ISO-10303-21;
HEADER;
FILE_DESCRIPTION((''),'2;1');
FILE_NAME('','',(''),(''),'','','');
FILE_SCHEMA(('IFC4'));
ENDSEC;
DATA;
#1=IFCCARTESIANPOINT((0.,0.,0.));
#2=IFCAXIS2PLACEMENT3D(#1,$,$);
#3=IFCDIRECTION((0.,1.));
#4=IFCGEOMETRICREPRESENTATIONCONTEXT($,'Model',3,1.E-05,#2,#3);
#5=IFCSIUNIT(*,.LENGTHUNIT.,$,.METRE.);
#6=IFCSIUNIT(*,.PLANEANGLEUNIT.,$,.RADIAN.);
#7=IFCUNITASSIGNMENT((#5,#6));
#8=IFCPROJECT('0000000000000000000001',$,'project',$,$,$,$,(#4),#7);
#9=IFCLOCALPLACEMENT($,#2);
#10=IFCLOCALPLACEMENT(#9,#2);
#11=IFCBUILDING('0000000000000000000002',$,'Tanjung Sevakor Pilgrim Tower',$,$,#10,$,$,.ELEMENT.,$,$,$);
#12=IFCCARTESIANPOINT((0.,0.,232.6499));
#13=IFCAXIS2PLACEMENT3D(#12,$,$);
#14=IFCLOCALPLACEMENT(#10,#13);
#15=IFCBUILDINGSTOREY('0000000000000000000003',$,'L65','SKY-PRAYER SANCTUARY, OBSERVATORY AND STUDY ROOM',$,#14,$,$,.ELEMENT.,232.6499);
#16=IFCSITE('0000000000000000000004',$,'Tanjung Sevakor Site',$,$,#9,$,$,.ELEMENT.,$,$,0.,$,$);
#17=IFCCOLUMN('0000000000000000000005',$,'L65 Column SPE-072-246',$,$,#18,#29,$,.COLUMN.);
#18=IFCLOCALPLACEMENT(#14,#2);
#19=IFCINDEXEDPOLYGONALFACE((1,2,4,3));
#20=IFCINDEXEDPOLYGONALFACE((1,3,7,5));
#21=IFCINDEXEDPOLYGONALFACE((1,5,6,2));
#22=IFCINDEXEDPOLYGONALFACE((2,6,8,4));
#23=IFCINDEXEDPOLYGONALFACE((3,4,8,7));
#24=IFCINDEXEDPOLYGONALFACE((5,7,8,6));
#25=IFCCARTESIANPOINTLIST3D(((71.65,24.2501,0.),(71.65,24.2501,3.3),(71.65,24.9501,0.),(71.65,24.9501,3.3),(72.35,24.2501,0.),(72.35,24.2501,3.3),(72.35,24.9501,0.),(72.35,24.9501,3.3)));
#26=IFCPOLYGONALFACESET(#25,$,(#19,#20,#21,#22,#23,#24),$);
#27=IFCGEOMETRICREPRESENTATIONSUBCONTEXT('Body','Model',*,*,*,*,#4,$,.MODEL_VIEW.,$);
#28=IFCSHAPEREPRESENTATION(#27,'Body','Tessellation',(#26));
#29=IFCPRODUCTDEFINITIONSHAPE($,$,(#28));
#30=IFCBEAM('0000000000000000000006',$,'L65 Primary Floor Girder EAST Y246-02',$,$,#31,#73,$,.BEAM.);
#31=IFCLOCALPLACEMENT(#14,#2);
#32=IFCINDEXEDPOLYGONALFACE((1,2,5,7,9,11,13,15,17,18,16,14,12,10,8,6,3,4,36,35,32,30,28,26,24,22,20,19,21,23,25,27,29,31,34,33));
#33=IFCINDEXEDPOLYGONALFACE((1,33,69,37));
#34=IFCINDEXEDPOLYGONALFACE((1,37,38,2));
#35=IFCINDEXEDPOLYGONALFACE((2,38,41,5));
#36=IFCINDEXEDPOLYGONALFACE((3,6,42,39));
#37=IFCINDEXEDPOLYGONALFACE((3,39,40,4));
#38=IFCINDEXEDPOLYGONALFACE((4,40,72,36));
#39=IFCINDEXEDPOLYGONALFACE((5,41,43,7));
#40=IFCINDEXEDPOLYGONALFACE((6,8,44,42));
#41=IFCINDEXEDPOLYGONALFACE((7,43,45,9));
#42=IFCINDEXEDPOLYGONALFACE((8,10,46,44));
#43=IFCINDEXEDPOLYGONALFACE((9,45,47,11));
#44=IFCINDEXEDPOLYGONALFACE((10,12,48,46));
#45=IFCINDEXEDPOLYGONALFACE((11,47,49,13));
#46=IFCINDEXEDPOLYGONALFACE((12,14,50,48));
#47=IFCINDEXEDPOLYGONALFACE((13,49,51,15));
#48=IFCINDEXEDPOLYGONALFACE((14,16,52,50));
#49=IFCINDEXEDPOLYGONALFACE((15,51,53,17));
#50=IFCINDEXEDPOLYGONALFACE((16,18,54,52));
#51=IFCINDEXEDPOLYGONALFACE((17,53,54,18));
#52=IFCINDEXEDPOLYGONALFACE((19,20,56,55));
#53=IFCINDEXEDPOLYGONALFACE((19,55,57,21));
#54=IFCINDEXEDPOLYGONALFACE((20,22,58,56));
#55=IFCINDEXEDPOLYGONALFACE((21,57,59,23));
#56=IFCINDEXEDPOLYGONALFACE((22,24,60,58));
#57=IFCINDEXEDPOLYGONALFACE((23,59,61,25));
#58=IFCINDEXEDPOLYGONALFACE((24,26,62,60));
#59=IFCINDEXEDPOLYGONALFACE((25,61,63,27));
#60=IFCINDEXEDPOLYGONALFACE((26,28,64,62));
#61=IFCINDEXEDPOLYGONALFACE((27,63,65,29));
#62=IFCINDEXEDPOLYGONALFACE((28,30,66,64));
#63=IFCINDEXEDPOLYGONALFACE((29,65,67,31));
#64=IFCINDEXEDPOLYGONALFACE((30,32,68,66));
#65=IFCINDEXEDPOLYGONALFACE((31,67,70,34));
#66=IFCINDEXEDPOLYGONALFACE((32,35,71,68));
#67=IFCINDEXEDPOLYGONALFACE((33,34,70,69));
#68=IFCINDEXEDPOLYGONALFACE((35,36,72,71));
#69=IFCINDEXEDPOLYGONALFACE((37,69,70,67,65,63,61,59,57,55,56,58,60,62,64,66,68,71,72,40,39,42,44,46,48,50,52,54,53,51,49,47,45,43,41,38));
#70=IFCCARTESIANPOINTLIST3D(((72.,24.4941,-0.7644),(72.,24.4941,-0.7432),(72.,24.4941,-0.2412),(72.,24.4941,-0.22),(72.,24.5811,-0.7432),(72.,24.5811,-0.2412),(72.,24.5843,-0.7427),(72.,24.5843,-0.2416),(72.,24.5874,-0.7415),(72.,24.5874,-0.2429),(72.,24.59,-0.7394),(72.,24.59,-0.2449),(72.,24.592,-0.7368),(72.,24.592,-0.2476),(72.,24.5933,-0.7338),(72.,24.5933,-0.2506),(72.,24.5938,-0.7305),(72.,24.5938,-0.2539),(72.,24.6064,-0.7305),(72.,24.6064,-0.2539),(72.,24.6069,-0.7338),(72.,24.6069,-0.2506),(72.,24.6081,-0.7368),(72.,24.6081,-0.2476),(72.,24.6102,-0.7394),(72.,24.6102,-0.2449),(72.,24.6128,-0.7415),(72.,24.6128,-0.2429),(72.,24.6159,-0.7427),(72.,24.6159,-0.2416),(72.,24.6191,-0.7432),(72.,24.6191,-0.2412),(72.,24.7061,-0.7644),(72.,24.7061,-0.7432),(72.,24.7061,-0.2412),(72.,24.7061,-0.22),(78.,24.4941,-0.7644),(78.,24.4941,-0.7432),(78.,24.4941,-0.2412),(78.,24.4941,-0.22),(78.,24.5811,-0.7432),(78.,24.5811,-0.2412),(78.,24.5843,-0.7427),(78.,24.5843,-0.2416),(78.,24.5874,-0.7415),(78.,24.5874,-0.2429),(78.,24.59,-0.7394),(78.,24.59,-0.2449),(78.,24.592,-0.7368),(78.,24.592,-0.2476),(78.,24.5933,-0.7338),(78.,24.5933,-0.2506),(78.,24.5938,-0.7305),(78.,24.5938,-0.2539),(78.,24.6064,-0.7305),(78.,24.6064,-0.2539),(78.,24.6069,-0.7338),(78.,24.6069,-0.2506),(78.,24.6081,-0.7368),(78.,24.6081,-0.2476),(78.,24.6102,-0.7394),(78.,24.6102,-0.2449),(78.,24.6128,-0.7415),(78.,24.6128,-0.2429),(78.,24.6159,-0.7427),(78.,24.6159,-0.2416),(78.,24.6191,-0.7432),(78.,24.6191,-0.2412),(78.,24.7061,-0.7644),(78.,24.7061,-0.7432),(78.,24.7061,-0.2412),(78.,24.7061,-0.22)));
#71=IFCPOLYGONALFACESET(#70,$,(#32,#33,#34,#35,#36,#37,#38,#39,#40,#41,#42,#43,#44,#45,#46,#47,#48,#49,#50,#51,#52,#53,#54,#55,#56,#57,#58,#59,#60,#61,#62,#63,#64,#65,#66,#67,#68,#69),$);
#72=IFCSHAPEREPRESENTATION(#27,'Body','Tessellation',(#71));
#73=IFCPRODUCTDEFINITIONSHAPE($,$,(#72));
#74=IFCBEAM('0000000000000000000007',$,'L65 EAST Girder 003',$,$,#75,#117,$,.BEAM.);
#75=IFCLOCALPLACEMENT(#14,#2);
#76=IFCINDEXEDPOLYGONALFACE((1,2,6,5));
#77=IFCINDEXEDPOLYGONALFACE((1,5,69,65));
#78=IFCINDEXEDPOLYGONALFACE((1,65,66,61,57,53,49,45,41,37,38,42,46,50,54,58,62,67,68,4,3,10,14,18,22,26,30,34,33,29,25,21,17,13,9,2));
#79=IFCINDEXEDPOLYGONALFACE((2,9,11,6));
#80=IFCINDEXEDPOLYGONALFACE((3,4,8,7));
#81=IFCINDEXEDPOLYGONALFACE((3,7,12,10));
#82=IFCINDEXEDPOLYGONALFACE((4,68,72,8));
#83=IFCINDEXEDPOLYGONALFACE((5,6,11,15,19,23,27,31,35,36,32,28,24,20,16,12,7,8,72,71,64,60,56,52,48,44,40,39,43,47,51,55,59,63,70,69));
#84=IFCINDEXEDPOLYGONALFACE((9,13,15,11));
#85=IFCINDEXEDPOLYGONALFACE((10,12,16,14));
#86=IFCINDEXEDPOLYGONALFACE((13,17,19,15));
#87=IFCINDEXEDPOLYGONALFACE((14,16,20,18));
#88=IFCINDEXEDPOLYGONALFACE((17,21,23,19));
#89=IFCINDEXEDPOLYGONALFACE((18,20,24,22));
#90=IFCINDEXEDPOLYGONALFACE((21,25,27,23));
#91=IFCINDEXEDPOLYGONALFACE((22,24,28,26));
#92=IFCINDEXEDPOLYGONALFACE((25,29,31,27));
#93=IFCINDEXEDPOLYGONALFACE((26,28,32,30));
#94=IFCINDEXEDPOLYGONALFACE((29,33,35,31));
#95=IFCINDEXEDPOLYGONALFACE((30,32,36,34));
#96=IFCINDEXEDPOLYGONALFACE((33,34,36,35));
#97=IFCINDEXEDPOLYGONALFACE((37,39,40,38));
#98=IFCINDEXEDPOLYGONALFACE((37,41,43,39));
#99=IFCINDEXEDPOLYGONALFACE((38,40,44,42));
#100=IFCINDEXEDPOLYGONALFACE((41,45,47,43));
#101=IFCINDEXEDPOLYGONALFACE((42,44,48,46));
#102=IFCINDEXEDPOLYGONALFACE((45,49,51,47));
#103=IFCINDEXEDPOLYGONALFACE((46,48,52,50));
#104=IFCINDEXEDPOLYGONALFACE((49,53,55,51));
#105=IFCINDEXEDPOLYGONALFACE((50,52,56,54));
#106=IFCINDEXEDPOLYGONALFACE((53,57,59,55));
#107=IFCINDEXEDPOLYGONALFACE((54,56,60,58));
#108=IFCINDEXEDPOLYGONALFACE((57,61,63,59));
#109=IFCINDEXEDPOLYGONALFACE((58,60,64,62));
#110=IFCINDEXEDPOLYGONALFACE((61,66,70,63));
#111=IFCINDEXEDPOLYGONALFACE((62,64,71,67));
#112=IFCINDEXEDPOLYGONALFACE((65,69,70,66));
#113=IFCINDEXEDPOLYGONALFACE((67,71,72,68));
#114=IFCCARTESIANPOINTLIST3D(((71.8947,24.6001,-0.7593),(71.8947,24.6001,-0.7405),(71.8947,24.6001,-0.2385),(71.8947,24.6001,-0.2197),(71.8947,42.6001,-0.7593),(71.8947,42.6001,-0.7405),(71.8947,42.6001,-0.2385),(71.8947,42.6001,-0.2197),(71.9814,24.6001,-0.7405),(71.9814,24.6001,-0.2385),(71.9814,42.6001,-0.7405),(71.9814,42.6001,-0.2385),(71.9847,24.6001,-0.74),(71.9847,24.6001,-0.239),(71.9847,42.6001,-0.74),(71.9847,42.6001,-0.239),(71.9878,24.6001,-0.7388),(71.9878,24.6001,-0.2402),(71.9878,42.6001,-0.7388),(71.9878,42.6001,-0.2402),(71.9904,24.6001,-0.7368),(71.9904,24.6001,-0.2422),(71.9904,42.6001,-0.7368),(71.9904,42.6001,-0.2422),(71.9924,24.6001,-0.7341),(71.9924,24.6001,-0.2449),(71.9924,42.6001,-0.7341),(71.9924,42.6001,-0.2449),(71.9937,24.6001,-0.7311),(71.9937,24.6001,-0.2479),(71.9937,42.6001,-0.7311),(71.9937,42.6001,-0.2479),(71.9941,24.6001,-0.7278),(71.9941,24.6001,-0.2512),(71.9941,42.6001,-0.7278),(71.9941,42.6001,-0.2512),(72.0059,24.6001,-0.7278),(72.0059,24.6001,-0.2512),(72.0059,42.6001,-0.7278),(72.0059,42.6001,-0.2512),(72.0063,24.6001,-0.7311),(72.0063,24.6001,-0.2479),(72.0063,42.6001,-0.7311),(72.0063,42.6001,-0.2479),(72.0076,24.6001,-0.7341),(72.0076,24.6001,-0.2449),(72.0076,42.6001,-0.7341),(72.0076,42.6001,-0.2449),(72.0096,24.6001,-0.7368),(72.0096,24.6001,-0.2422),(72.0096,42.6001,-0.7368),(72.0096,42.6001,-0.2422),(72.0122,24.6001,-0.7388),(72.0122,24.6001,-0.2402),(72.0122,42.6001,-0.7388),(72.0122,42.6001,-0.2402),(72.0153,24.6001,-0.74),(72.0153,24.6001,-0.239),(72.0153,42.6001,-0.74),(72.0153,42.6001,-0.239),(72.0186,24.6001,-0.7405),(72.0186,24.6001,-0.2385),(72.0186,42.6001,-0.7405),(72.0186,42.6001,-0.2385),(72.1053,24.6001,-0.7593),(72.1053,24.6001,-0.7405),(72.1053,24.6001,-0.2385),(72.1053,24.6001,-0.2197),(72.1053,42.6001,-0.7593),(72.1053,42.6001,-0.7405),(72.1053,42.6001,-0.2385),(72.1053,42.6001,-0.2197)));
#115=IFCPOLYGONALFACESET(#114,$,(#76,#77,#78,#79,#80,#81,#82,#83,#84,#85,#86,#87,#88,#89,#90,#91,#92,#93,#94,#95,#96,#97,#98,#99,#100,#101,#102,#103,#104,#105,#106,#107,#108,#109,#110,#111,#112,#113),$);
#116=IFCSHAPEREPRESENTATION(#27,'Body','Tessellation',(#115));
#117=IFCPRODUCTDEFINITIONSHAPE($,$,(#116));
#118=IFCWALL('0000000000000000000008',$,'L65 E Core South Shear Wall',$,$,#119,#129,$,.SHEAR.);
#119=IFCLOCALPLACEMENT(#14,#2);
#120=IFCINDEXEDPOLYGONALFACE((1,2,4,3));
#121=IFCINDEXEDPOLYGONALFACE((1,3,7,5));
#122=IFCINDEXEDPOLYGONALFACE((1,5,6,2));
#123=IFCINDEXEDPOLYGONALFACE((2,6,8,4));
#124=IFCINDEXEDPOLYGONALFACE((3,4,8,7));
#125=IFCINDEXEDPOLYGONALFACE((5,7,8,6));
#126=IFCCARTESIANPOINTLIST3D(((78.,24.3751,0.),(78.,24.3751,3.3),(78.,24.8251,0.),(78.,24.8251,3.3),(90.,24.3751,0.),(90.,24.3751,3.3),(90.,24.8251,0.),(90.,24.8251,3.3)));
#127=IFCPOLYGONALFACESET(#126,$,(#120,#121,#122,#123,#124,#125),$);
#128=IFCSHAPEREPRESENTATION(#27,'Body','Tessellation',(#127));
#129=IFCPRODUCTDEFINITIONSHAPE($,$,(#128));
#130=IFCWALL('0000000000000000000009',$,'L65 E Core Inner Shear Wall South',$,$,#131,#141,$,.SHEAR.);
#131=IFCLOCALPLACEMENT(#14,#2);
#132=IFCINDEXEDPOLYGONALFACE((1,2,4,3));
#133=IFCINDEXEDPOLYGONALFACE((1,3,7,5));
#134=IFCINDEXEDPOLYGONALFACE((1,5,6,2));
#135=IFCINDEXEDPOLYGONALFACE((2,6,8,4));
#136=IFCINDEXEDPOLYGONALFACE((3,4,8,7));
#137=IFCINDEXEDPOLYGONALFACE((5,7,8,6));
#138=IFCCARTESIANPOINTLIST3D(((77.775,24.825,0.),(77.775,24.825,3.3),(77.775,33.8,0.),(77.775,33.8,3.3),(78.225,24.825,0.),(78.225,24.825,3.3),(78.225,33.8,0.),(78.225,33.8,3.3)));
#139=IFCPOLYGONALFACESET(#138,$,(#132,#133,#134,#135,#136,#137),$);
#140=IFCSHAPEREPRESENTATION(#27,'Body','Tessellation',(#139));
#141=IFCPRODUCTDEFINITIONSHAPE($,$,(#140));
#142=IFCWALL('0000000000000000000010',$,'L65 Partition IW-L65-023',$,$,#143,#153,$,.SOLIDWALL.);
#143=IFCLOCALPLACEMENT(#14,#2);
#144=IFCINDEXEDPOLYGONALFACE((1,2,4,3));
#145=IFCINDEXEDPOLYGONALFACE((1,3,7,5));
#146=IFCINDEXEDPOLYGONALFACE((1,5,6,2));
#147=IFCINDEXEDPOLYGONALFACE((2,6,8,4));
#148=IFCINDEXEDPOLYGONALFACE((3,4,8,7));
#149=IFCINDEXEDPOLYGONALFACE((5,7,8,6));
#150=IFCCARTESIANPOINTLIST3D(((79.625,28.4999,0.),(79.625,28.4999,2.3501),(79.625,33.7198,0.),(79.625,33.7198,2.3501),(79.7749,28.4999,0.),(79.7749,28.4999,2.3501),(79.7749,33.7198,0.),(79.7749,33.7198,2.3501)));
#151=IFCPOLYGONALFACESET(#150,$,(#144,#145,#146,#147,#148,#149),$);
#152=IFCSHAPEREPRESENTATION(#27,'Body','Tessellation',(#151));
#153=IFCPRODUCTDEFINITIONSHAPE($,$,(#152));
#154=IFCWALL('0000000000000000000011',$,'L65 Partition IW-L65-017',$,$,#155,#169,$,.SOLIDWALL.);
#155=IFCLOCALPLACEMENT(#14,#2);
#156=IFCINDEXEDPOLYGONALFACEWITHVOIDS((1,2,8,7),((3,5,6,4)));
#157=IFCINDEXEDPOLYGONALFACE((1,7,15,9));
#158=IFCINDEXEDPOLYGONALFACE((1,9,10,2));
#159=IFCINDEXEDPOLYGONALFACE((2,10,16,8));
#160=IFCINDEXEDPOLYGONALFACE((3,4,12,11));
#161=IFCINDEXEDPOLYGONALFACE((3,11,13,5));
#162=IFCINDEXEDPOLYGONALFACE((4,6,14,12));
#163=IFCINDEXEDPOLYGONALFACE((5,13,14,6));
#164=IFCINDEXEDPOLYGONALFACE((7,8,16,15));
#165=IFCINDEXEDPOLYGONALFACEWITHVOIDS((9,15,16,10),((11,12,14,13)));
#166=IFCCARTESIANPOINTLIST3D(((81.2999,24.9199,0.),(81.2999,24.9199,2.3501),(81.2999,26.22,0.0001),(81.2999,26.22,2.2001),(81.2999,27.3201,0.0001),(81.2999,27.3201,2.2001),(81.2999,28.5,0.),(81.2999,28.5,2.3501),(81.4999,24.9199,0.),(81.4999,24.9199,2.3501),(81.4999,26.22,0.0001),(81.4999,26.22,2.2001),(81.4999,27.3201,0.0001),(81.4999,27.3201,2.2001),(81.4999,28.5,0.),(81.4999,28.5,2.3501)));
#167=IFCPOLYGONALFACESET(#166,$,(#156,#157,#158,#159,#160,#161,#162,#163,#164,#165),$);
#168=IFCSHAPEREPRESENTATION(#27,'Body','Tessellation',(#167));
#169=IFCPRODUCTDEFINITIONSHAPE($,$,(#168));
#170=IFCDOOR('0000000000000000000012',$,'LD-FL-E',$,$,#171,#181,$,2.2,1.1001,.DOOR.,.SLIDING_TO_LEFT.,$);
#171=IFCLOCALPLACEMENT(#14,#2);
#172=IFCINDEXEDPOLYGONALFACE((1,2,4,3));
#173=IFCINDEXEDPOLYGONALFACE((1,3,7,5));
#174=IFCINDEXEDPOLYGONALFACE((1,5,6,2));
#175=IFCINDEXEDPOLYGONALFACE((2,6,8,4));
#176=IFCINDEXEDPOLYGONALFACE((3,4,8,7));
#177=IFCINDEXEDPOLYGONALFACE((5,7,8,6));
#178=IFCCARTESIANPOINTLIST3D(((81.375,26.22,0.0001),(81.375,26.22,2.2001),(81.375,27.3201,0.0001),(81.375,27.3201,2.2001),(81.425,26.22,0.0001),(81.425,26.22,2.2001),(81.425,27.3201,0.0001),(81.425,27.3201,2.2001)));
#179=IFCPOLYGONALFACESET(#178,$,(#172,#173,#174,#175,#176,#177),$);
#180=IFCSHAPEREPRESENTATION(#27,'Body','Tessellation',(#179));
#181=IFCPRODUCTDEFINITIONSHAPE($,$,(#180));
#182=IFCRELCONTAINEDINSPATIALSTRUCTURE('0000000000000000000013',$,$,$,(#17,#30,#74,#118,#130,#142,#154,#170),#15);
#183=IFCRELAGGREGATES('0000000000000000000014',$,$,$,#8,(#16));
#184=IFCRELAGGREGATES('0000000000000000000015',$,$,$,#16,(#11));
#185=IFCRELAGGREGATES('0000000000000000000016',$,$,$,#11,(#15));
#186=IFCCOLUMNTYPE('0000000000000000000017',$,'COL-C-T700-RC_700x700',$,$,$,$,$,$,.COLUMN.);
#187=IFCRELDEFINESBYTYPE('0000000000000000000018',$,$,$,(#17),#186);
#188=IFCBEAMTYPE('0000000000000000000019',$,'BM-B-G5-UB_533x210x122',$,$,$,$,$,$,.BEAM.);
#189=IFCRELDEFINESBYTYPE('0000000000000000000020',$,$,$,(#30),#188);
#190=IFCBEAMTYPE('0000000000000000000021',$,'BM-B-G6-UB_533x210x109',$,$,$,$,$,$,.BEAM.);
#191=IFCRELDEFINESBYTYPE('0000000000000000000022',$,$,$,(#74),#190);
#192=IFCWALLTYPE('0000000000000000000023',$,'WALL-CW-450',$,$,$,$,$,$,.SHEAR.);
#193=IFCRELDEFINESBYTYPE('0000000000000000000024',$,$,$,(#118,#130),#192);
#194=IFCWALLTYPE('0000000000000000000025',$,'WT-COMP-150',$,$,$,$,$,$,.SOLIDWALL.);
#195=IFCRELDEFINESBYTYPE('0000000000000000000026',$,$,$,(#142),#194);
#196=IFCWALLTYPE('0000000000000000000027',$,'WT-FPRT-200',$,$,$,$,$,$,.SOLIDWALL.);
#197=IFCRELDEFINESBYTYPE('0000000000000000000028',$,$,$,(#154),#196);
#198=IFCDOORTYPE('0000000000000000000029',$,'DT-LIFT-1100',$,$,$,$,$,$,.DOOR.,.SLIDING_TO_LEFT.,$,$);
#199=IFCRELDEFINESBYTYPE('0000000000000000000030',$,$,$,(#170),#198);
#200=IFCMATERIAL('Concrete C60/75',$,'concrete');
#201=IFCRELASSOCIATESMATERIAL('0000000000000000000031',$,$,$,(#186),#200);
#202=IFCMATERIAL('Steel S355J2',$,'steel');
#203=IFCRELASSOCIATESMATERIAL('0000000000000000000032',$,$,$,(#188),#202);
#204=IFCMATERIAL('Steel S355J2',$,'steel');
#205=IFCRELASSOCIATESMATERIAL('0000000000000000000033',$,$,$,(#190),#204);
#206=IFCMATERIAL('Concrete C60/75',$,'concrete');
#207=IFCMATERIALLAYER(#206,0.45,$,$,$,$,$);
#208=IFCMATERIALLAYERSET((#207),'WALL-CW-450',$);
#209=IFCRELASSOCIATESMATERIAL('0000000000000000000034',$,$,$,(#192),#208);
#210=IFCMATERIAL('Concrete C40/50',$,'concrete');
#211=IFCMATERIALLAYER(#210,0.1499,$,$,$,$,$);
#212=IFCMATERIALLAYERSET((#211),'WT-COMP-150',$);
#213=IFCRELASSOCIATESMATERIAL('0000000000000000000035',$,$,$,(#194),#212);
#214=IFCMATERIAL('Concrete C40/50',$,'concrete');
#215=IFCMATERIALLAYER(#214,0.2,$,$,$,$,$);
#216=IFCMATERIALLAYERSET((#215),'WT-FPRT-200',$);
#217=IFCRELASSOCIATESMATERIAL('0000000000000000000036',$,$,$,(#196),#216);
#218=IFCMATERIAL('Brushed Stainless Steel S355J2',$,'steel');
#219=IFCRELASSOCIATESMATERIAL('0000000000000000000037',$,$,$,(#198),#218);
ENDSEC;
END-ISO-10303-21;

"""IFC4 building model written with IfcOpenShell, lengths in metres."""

from ifc_helpers import new_model, si_unit, direction, frame, frame_2d, origin, origin_2d, place, context, subcontext, project, spatial, rectangle, i_section, extrude, material, layer, layer_set, material_profile, profile_set, type_object, element, fill, save


model = new_model("IFC4")

# Units and contexts
model_context = context("Model", 3, precision=1e-05, world=origin(), true_north=direction((0.0, 1.0)))
body_context = subcontext(model_context, "Body", "Model", "MODEL_VIEW")
ifc_project = project(units=[si_unit("LENGTHUNIT", "METRE"), si_unit("PLANEANGLEUNIT", "RADIAN")], contexts=[model_context])

# Site, building, storey
site_placement = place(None, origin())
site = spatial("IfcSite", under=ifc_project, at=site_placement, Name="Tanjung Sevakor Site", CompositionType="ELEMENT", RefElevation=0.0)
building_placement = place(site_placement, origin())
building = spatial("IfcBuilding", under=site, at=building_placement, Name="Tanjung Sevakor Pilgrim Tower", CompositionType="ELEMENT")
storey_placement = place(building_placement, frame((0.0, 0.0, 232.6499)))
storey = spatial("IfcBuildingStorey", under=building, at=storey_placement, Name="L65", Description="SKY-PRAYER SANCTUARY, OBSERVATORY AND STUDY ROOM", CompositionType="ELEMENT", Elevation=232.6499)

# Column
ifc_material_1 = material(Name="Concrete C60/75", Category="concrete")
ifc_material_profile_1 = material_profile(ifc_material_1, rectangle(XDim=0.7, YDim=0.7, at=origin_2d()))
ifc_profile_set_1 = profile_set([ifc_material_profile_1], Name="Concrete C60/75")
column_type = type_object("IfcColumnType", Name="COL-C-T700-RC_700x700", PredefinedType="COLUMN", material=ifc_profile_set_1)
column_placement = place(storey_placement, frame((72.0, 24.6001, 0.0), z_axis=(0.0, 0.0, 1.0), x_axis=(1.0, 0.0, 0.0)))
element("IfcColumn", 1, at=column_placement, inside=storey, type_object=column_type, Name="L65 Column SPE-072-246", PredefinedType="COLUMN", context=body_context, shape_type="SweptSolid", body=[
    extrude(rectangle(XDim=0.7, YDim=0.7, at=origin_2d()), origin(), (0.0, 0.0, 1.0), 3.3),
])

# Beams
ifc_material_2 = material(Name="Steel S355J2", Category="steel")
ifc_material_profile_2 = material_profile(ifc_material_2, i_section(OverallWidth=0.2119, OverallDepth=0.5444, WebThickness=0.0127, FlangeThickness=0.0212, FilletRadius=0.0127, at=origin_2d()))
ifc_profile_set_2 = profile_set([ifc_material_profile_2], Name="Steel S355J2")
beam_type_1 = type_object("IfcBeamType", Name="BM-B-G5-UB_533x210x122", PredefinedType="BEAM", material=ifc_profile_set_2)
beam_1_placement = place(storey_placement, frame((72.0, 24.6001, -0.4922), z_axis=(1.0, 0.0, 0.0), x_axis=(0.0, 1.0, 0.0)))
element("IfcBeam", 2, at=beam_1_placement, inside=storey, type_object=beam_type_1, Name="L65 Primary Floor Girder EAST Y246-02", PredefinedType="BEAM", context=body_context, shape_type="SweptSolid", body=[
    extrude(i_section(OverallWidth=0.2119, OverallDepth=0.5444, WebThickness=0.0127, FlangeThickness=0.0212, FilletRadius=0.0127, at=origin_2d()), origin(), (0.0, 0.0, 1.0), 6.0),
])
ifc_material_3 = material(Name="Steel S355J2", Category="steel")
ifc_material_profile_3 = material_profile(ifc_material_3, i_section(OverallWidth=0.2107, OverallDepth=0.5396, WebThickness=0.0117, FlangeThickness=0.0188, FilletRadius=0.0127, at=origin_2d()))
ifc_profile_set_3 = profile_set([ifc_material_profile_3], Name="Steel S355J2")
beam_type_2 = type_object("IfcBeamType", Name="BM-B-G6-UB_533x210x109", PredefinedType="BEAM", material=ifc_profile_set_3)
beam_2_placement = place(storey_placement, frame((72.0, 24.6001, -0.4895), z_axis=(0.0, 1.0, 0.0), x_axis=(-1.0, 0.0, 0.0)))
element("IfcBeam", 3, at=beam_2_placement, inside=storey, type_object=beam_type_2, Name="L65 EAST Girder 003", PredefinedType="BEAM", context=body_context, shape_type="SweptSolid", body=[
    extrude(i_section(OverallWidth=0.2107, OverallDepth=0.5396, WebThickness=0.0117, FlangeThickness=0.0188, FilletRadius=0.0127, at=origin_2d()), origin(), (0.0, 0.0, 1.0), 18.0),
])

# Walls
ifc_material_4 = material(Name="Concrete C60/75", Category="concrete")
ifc_layer_1 = layer(ifc_material_4, 0.45)
ifc_layer_set_1 = layer_set([ifc_layer_1], Name="WALL-CW-450")
wall_type_1 = type_object("IfcWallType", Name="WALL-CW-450", PredefinedType="SHEAR", material=ifc_layer_set_1)
wall_1_placement = place(storey_placement, frame((78.0, 24.6001, 0.0), z_axis=(0.0, 0.0, 1.0), x_axis=(1.0, 0.0, 0.0)))
element("IfcWall", 4, at=wall_1_placement, inside=storey, type_object=wall_type_1, Name="L65 E Core South Shear Wall", PredefinedType="SHEAR", context=body_context, shape_type="SweptSolid", body=[
    extrude(rectangle(XDim=12.0, YDim=0.45, at=frame_2d((6.0, 0.0))), origin(), (0.0, 0.0, 1.0), 3.3),
])
wall_2_placement = place(storey_placement, frame((78.0, 24.825, 0.0), z_axis=(0.0, 0.0, 1.0), x_axis=(0.0, 1.0, 0.0)))
element("IfcWall", 5, at=wall_2_placement, inside=storey, type_object=wall_type_1, Name="L65 E Core Inner Shear Wall South", PredefinedType="SHEAR", context=body_context, shape_type="SweptSolid", body=[
    extrude(rectangle(XDim=8.9751, YDim=0.45, at=frame_2d((4.4875, 0.0))), origin(), (0.0, 0.0, 1.0), 3.3),
])

# Shared definitions
ifc_material_5 = material(Name="Concrete C40/50", Category="concrete")
ifc_layer_2 = layer(ifc_material_5, 0.1499)
ifc_layer_set_2 = layer_set([ifc_layer_2], Name="WT-COMP-150")
wall_type_2 = type_object("IfcWallType", Name="WT-COMP-150", PredefinedType="SOLIDWALL", material=ifc_layer_set_2)

# Wall
wall_3_placement = place(storey_placement, frame((79.7, 28.5, 0.0), z_axis=(0.0, 0.0, 1.0), x_axis=(0.0, 1.0, 0.0)))
element("IfcWall", 6, at=wall_3_placement, inside=storey, type_object=wall_type_2, Name="L65 Partition IW-L65-023", PredefinedType="SOLIDWALL", context=body_context, shape_type="SweptSolid", body=[
    extrude(rectangle(XDim=5.22, YDim=0.1499, at=frame_2d((2.6099, 0.0))), origin(), (0.0, 0.0, 1.0), 2.3501),
])

# Wall, opening, door
ifc_material_6 = material(Name="Concrete C40/50", Category="concrete")
ifc_layer_3 = layer(ifc_material_6, 0.2)
ifc_layer_set_3 = layer_set([ifc_layer_3], Name="WT-FPRT-200")
wall_type_3 = type_object("IfcWallType", Name="WT-FPRT-200", PredefinedType="SOLIDWALL", material=ifc_layer_set_3)
wall_4_placement = place(storey_placement, frame((81.3999, 24.9199, 0.0), z_axis=(0.0, 0.0, 1.0), x_axis=(0.0, 1.0, 0.0)))
wall_4 = element("IfcWall", 7, at=wall_4_placement, inside=storey, type_object=wall_type_3, Name="L65 Partition IW-L65-017", PredefinedType="SOLIDWALL", context=body_context, shape_type="SweptSolid", body=[
    extrude(rectangle(XDim=3.5801, YDim=0.2, at=frame_2d((1.79, 0.0))), origin(), (0.0, 0.0, 1.0), 2.3501),
])
opening_1_placement = place(wall_4_placement, frame((1.3, 0.0, 0.0)))
opening_1 = element("IfcOpeningElement", 8, at=opening_1_placement, cuts=wall_4, PredefinedType="OPENING", context=body_context, shape_type="SweptSolid", body=[
    extrude(rectangle(XDim=1.1001, YDim=2.2, at=frame_2d((0.55, 1.1001))), frame((0.0, 0.1099, 0.0), z_axis=(0.0, -1.0, 0.0), x_axis=(1.0, 0.0, 0.0)), (0.0, 0.0, 1.0), 0.22),
])
ifc_material_7 = material(Name="Brushed Stainless Steel S355J2", Category="steel")
door_type_1 = type_object("IfcDoorType", Name="DT-LIFT-1100", OperationType="SLIDING_TO_LEFT", PredefinedType="DOOR", material=ifc_material_7)
door_1_placement = place(opening_1_placement, origin())
door_1 = element("IfcDoor", 9, at=door_1_placement, inside=storey, type_object=door_type_1, Name="LD-FL-E", OperationType="SLIDING_TO_LEFT", OverallHeight=2.2, OverallWidth=1.1001, PredefinedType="DOOR", context=body_context, shape_type="SweptSolid", body=[
    extrude(rectangle(XDim=1.1001, YDim=2.2, at=frame_2d((0.55, 1.1001))), frame((0.0, 0.0249, 0.0), z_axis=(0.0, -1.0, 0.0), x_axis=(1.0, 0.0, 0.0)), (0.0, 0.0, 1.0), 0.05),
])
fill(opening_1, door_1)

save(model, "model.ifc")
